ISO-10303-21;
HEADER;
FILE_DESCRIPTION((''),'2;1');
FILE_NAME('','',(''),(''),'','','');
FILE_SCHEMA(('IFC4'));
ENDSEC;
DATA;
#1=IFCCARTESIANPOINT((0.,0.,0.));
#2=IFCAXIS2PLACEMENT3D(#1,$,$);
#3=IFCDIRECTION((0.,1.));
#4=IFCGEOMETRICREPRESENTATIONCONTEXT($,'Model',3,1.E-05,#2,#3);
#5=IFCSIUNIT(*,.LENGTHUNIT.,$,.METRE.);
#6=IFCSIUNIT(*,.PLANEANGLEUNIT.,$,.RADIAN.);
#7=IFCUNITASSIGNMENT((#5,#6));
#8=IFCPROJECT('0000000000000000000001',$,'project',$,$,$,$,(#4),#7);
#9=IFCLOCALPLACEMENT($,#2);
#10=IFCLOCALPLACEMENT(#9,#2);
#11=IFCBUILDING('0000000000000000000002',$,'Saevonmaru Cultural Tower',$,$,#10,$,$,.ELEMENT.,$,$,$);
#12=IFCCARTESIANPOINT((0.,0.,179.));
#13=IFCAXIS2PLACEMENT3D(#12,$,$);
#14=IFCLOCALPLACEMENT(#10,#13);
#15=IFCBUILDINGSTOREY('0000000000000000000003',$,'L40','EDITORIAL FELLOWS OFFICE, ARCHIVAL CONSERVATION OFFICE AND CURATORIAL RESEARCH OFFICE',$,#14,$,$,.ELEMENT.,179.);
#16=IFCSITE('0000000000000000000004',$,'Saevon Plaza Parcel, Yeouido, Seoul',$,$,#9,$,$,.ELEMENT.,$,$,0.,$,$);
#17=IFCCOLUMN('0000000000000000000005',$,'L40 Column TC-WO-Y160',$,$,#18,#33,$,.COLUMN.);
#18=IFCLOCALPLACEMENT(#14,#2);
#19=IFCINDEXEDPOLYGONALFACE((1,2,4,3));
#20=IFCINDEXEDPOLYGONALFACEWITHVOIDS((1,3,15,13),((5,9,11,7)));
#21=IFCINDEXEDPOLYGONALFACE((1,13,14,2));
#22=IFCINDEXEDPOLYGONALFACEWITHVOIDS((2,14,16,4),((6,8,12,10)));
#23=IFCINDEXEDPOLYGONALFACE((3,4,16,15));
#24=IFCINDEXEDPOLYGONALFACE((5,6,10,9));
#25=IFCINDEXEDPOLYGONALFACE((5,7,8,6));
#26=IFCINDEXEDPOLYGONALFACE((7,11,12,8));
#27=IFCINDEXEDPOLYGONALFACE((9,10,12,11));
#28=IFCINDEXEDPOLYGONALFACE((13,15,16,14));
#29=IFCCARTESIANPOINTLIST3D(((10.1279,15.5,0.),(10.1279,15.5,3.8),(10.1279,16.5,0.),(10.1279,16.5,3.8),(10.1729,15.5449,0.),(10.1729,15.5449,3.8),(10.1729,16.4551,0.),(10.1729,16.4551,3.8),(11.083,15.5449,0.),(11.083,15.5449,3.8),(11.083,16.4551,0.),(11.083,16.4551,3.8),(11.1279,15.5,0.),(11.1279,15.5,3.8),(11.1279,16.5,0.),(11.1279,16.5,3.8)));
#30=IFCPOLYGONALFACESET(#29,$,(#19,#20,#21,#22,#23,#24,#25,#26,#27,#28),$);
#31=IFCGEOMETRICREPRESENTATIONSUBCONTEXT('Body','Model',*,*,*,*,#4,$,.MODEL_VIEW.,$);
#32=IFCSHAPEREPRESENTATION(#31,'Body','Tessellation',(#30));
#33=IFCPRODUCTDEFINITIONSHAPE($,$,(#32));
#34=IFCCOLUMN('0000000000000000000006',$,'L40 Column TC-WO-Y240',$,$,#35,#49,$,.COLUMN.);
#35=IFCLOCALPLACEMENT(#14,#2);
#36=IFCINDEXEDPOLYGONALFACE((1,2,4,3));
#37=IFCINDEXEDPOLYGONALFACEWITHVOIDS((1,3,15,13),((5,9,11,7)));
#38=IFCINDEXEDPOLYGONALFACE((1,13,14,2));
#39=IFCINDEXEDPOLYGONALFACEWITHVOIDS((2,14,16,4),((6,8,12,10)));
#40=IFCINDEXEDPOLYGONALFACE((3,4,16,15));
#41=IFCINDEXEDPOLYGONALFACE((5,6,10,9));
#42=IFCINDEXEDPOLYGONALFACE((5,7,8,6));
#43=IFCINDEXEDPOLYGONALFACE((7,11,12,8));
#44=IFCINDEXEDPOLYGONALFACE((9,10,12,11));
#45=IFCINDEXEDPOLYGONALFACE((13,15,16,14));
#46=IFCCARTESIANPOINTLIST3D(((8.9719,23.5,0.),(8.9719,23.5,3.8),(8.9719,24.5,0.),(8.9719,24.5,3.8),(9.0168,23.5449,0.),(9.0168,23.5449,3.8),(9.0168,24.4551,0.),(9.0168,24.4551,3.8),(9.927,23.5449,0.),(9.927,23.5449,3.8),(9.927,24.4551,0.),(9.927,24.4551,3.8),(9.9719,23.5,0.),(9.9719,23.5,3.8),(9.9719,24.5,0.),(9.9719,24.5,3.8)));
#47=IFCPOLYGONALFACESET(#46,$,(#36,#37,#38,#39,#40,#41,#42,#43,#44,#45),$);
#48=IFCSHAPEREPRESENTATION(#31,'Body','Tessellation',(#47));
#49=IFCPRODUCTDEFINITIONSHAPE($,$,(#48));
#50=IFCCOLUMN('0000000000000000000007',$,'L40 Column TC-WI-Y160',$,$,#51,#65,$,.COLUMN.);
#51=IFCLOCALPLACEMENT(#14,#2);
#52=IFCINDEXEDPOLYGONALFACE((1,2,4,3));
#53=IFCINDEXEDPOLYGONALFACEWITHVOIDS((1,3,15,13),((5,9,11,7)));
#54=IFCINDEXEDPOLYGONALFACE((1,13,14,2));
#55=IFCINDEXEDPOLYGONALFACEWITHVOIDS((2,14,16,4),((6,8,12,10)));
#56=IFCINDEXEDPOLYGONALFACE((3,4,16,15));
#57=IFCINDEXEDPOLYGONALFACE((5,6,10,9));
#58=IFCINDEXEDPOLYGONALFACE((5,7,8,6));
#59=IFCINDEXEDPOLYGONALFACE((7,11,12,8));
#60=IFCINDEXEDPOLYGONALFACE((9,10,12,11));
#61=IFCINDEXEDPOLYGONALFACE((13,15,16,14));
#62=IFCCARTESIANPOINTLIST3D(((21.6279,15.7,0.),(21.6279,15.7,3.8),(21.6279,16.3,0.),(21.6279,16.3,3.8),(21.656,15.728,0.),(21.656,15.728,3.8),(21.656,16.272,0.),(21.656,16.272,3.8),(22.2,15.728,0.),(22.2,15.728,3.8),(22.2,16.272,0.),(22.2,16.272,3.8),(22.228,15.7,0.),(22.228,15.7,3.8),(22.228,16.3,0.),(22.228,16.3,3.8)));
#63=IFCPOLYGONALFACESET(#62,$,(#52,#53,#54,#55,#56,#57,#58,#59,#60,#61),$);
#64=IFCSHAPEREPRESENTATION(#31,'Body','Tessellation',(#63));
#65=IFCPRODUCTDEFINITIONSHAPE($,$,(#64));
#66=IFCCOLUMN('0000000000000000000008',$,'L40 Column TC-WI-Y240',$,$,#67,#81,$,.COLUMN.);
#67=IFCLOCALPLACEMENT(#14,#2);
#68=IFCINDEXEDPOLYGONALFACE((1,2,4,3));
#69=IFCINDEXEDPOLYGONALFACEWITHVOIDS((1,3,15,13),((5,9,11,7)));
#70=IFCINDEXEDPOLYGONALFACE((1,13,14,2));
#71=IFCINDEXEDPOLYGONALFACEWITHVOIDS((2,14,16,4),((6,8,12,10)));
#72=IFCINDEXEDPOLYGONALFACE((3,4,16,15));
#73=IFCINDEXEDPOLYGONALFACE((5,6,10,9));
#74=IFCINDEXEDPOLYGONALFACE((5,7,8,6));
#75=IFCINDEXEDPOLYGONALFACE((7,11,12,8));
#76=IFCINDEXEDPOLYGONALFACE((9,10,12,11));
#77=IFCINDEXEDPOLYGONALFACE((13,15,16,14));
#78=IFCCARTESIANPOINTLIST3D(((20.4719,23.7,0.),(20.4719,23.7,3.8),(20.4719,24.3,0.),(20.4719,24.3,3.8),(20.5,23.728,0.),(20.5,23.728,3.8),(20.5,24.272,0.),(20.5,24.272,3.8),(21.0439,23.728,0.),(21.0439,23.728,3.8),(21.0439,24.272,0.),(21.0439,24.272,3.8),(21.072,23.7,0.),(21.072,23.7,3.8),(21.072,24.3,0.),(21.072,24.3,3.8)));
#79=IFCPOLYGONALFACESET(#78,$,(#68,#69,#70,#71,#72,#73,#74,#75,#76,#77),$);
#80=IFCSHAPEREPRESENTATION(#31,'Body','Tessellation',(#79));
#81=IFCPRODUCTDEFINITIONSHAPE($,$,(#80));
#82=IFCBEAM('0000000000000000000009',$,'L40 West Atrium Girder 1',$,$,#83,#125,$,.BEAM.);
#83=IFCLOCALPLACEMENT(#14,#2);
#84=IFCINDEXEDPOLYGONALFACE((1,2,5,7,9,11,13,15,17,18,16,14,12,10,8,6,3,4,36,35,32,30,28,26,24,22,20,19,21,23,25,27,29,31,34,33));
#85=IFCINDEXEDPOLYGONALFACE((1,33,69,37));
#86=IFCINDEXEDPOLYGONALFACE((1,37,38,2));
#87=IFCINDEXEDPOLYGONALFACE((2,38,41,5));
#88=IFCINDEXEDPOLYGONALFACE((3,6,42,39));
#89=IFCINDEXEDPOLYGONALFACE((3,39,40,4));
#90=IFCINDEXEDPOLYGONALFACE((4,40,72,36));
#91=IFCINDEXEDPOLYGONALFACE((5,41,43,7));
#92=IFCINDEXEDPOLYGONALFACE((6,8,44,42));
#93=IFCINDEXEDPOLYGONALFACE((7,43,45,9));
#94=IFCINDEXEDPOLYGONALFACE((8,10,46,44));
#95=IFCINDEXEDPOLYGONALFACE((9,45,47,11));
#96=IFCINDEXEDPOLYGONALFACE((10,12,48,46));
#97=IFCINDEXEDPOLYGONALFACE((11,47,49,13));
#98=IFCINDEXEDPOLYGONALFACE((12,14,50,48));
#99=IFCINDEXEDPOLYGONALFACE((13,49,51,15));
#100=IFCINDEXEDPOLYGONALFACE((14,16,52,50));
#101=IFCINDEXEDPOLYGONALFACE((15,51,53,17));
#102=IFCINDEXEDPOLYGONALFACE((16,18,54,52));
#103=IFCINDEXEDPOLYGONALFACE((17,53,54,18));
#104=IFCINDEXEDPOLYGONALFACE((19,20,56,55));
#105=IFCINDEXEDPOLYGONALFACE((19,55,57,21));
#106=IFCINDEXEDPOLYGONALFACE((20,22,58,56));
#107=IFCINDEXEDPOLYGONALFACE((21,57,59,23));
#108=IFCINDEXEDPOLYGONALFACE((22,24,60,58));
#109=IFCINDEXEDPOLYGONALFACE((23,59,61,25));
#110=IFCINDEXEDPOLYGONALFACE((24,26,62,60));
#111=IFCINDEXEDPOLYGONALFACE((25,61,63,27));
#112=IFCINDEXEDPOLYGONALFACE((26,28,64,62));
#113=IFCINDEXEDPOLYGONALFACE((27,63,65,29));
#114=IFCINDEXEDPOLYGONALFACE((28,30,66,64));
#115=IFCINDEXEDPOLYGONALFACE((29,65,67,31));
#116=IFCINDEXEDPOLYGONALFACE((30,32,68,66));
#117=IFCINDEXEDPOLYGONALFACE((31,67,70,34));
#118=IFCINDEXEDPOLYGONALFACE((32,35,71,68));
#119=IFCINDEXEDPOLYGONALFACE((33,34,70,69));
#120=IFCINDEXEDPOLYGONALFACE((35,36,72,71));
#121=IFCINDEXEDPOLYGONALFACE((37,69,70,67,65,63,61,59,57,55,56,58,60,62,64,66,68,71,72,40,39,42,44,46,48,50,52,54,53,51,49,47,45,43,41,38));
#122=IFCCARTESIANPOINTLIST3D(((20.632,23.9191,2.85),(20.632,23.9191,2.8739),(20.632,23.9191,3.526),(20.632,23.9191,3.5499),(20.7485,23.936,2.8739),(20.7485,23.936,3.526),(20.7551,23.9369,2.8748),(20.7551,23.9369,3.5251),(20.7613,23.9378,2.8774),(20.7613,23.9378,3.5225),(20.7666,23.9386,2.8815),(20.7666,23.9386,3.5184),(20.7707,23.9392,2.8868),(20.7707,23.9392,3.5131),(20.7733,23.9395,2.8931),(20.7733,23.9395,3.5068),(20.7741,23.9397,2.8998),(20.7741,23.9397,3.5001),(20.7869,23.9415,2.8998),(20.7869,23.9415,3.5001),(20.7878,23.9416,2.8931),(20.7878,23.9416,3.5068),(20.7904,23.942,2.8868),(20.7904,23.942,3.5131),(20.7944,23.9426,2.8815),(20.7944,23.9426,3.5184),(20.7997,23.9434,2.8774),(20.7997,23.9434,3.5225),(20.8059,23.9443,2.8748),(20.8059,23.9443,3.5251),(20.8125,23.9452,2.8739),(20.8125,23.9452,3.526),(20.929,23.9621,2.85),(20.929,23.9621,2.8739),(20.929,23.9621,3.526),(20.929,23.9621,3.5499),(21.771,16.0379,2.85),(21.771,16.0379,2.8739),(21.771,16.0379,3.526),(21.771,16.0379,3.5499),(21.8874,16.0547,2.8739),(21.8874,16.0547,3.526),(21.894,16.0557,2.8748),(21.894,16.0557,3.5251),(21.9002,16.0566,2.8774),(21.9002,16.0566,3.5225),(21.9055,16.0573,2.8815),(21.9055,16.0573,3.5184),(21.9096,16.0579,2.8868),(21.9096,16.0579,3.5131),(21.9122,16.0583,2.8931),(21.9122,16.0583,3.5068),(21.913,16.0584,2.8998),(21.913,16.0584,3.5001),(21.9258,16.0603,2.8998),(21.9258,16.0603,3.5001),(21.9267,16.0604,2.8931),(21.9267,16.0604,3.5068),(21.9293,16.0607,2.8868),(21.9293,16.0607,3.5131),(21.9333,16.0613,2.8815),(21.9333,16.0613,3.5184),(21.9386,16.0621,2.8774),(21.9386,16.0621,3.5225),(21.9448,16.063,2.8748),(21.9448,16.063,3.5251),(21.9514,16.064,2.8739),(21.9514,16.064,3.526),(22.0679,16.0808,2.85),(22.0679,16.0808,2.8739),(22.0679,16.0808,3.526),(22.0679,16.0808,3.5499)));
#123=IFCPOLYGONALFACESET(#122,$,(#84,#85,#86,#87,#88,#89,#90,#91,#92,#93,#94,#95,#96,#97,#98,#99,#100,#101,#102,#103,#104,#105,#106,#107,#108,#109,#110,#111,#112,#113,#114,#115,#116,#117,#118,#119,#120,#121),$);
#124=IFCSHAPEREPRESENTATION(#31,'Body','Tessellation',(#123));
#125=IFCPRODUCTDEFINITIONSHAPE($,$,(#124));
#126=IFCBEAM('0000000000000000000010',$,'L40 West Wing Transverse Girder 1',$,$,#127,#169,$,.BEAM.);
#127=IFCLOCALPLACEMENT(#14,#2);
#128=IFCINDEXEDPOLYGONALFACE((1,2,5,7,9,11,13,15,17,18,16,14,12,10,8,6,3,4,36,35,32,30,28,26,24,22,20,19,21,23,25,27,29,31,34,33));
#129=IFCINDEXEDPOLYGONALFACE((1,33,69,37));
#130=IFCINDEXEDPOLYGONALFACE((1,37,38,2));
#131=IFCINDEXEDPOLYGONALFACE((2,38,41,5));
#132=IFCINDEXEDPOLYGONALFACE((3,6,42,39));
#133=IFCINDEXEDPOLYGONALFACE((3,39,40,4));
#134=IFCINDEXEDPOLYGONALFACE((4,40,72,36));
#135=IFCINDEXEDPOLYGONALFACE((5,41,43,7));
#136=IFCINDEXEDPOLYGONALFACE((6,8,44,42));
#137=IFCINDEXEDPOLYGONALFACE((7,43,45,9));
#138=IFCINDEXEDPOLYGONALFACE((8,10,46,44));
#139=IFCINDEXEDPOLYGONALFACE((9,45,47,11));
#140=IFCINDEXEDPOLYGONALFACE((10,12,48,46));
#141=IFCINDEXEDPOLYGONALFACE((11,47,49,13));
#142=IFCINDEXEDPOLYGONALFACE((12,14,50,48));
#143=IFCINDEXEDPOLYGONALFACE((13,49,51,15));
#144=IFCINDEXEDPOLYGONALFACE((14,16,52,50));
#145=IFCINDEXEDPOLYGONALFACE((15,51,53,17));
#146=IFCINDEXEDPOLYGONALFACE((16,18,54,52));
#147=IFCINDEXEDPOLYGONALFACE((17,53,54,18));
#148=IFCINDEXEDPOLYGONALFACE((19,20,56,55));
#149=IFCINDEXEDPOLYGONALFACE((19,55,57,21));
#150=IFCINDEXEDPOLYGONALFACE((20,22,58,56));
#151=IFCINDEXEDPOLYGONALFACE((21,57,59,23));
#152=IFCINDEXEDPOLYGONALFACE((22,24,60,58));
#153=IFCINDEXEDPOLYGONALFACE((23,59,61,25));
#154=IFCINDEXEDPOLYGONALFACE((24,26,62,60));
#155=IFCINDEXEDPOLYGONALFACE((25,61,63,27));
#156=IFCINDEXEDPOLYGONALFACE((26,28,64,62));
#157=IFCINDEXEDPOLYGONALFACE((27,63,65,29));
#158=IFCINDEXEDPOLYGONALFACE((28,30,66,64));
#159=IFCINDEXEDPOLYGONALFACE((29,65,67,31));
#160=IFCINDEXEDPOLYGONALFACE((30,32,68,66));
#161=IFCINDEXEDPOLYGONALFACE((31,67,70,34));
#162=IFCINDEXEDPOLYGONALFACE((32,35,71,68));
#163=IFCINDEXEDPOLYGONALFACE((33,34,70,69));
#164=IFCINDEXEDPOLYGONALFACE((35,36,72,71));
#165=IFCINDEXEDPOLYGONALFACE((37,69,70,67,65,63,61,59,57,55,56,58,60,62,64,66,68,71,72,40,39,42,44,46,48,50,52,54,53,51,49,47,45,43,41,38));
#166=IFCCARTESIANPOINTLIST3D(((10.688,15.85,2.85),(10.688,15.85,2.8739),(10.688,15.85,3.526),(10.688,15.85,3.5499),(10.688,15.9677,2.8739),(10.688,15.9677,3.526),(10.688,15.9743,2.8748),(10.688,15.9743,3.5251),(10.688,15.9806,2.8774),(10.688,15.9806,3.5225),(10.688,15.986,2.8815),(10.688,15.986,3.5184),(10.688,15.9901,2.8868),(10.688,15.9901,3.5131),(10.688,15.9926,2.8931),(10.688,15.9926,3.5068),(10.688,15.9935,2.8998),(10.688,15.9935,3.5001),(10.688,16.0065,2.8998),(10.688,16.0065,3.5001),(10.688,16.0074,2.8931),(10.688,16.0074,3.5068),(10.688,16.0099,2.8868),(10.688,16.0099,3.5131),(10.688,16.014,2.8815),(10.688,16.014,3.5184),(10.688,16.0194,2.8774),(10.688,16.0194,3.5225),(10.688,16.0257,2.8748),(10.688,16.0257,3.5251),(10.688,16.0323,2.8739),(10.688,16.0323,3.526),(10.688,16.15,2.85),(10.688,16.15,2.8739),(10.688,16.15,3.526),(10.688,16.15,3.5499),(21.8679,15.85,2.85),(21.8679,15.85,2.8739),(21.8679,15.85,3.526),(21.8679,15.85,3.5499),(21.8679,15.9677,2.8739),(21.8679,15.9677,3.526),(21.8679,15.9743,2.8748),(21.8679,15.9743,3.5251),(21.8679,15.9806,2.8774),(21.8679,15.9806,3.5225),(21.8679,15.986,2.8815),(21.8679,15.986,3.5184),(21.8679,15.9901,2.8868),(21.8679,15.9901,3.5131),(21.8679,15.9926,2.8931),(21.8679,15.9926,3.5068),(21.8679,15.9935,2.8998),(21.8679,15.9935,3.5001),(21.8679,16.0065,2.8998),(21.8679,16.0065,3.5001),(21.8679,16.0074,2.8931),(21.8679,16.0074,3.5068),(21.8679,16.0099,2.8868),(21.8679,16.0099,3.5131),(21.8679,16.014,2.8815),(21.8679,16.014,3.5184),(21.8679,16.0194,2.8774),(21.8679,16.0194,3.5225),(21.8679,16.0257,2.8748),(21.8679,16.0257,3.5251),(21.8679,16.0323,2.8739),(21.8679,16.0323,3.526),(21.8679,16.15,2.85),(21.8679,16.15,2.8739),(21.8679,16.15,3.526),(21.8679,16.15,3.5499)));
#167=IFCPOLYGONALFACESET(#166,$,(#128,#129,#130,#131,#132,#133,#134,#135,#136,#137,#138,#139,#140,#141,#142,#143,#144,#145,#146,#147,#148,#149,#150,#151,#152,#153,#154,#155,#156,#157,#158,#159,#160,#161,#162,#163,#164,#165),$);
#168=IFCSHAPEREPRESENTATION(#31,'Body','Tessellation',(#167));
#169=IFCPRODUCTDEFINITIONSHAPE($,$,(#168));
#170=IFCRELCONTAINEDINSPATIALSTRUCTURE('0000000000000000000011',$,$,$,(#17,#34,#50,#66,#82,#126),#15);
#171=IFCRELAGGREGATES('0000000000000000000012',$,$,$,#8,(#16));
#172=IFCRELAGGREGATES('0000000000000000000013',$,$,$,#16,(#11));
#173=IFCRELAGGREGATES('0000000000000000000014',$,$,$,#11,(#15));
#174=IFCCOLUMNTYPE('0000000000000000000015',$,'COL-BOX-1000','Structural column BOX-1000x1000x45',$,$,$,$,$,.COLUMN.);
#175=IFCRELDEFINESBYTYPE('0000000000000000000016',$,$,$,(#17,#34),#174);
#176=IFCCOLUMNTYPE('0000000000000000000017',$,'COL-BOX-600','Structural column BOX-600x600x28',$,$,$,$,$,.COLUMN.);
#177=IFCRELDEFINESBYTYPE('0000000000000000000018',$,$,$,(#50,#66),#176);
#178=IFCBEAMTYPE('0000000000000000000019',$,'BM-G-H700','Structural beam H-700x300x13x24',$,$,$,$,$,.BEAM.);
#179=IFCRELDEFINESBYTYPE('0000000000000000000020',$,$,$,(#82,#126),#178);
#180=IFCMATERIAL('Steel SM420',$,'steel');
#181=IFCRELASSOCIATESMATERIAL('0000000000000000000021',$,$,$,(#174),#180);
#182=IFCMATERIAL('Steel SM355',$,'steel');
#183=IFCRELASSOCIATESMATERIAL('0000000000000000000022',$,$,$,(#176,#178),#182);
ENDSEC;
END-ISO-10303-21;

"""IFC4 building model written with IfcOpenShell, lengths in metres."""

from ifc_helpers import new_model, si_unit, direction, frame, origin, origin_2d, place, context, subcontext, project, spatial, hollow_rectangle, i_section, extrude, material, material_profile, profile_set, type_object, element, save


model = new_model("IFC4")

# Units and contexts
model_context = context("Model", 3, precision=1e-05, world=origin(), true_north=direction((0.0, 1.0)))
body_context = subcontext(model_context, "Body", "Model", "MODEL_VIEW")
ifc_project = project(units=[si_unit("LENGTHUNIT", "METRE"), si_unit("PLANEANGLEUNIT", "RADIAN")], contexts=[model_context])

# Site, building, storey
site_placement = place(None, origin())
site = spatial("IfcSite", under=ifc_project, at=site_placement, Name="Saevon Plaza Parcel, Yeouido, Seoul", CompositionType="ELEMENT", RefElevation=0.0)
building_placement = place(site_placement, origin())
building = spatial("IfcBuilding", under=site, at=building_placement, Name="Saevonmaru Cultural Tower", CompositionType="ELEMENT")
storey_placement = place(building_placement, frame((0.0, 0.0, 179.0)))
storey = spatial("IfcBuildingStorey", under=building, at=storey_placement, Name="L40", Description="EDITORIAL FELLOWS OFFICE, ARCHIVAL CONSERVATION OFFICE AND CURATORIAL RESEARCH OFFICE", CompositionType="ELEMENT", Elevation=179.0)

# Columns
ifc_material_1 = material(Name="Steel SM420", Category="steel")
ifc_material_profile_1 = material_profile(ifc_material_1, hollow_rectangle(XDim=1.0, YDim=1.0, WallThickness=0.0449, at=origin_2d()), Name="BOX-1000x1000x45")
ifc_profile_set_1 = profile_set([ifc_material_profile_1], Name="Steel SM420")
column_type_1 = type_object("IfcColumnType", Name="COL-BOX-1000", Description="Structural column BOX-1000x1000x45", PredefinedType="COLUMN", material=ifc_profile_set_1)
for number, where, z_axis, x_axis, name in (
    (1, (10.6279, 16.0, 0.0), (0.0, 0.0, 1.0), (1.0, 0.0, 0.0), "L40 Column TC-WO-Y160"),
    (2, (9.4719, 24.0, 0.0), (0.0, 0.0, 1.0), (1.0, 0.0, 0.0), "L40 Column TC-WO-Y240"),
):
    element("IfcColumn", number, at=place(storey_placement, frame(where, z_axis=z_axis, x_axis=x_axis)), inside=storey, type_object=column_type_1, Name=name, PredefinedType="COLUMN", context=body_context, shape_type="SweptSolid", body=[
        extrude(hollow_rectangle(XDim=1.0, YDim=1.0, WallThickness=0.0449, at=origin_2d()), origin(), (0.0, 0.0, 1.0), 3.8),
    ])
ifc_material_2 = material(Name="Steel SM355", Category="steel")
ifc_material_profile_2 = material_profile(ifc_material_2, hollow_rectangle(XDim=0.6001, YDim=0.6001, WallThickness=0.0281, at=origin_2d()), Name="BOX-600x600x28")
ifc_profile_set_2 = profile_set([ifc_material_profile_2], Name="Steel SM355")
column_type_2 = type_object("IfcColumnType", Name="COL-BOX-600", Description="Structural column BOX-600x600x28", PredefinedType="COLUMN", material=ifc_profile_set_2)
for number, where, z_axis, x_axis, name in (
    (3, (21.928, 16.0, 0.0), (0.0, 0.0, 1.0), (1.0, 0.0, 0.0), "L40 Column TC-WI-Y160"),
    (4, (20.772, 24.0, 0.0), (0.0, 0.0, 1.0), (1.0, 0.0, 0.0), "L40 Column TC-WI-Y240"),
):
    element("IfcColumn", number, at=place(storey_placement, frame(where, z_axis=z_axis, x_axis=x_axis)), inside=storey, type_object=column_type_2, Name=name, PredefinedType="COLUMN", context=body_context, shape_type="SweptSolid", body=[
        extrude(hollow_rectangle(XDim=0.6001, YDim=0.6001, WallThickness=0.0281, at=origin_2d()), origin(), (0.0, 0.0, 1.0), 3.8),
    ])

# Beams
ifc_material_profile_3 = material_profile(ifc_material_2, i_section(OverallWidth=0.3, OverallDepth=0.7, WebThickness=0.0129, FlangeThickness=0.0239, FilletRadius=0.0259, at=origin_2d()), Name="H-700x300x13x24")
ifc_profile_set_3 = profile_set([ifc_material_profile_3], Name="Steel SM355")
beam_type_1 = type_object("IfcBeamType", Name="BM-G-H700", Description="Structural beam H-700x300x13x24", PredefinedType="BEAM", material=ifc_profile_set_3)
beam_1_placement = place(storey_placement, frame((21.9194, 16.0593, 3.2), z_axis=(-0.143022, 0.989719, 0.0), x_axis=(-0.989719, -0.143022, 0.0)))
element("IfcBeam", 5, at=beam_1_placement, inside=storey, type_object=beam_type_1, Name="L40 West Atrium Girder 1", PredefinedType="BEAM", context=body_context, shape_type="SweptSolid", body=[
    extrude(i_section(OverallWidth=0.3, OverallDepth=0.7, WebThickness=0.0129, FlangeThickness=0.0239, FilletRadius=0.0259, at=origin_2d()), origin(), (0.0, 0.0, 1.0), 7.9631),
])
for number, where, z_axis, x_axis, name in (
    (6, (10.688, 16.0, 3.2), (1.0, 0.0, 0.0), (0.0, 1.0, 0.0), "L40 West Wing Transverse Girder 1"),
):
    element("IfcBeam", number, at=place(storey_placement, frame(where, z_axis=z_axis, x_axis=x_axis)), inside=storey, type_object=beam_type_1, Name=name, PredefinedType="BEAM", context=body_context, shape_type="SweptSolid", body=[
        extrude(i_section(OverallWidth=0.3, OverallDepth=0.7, WebThickness=0.0129, FlangeThickness=0.0239, FilletRadius=0.0259, at=origin_2d()), origin(), (0.0, 0.0, 1.0), 11.1799),
    ])

save(model, "model.ifc")
